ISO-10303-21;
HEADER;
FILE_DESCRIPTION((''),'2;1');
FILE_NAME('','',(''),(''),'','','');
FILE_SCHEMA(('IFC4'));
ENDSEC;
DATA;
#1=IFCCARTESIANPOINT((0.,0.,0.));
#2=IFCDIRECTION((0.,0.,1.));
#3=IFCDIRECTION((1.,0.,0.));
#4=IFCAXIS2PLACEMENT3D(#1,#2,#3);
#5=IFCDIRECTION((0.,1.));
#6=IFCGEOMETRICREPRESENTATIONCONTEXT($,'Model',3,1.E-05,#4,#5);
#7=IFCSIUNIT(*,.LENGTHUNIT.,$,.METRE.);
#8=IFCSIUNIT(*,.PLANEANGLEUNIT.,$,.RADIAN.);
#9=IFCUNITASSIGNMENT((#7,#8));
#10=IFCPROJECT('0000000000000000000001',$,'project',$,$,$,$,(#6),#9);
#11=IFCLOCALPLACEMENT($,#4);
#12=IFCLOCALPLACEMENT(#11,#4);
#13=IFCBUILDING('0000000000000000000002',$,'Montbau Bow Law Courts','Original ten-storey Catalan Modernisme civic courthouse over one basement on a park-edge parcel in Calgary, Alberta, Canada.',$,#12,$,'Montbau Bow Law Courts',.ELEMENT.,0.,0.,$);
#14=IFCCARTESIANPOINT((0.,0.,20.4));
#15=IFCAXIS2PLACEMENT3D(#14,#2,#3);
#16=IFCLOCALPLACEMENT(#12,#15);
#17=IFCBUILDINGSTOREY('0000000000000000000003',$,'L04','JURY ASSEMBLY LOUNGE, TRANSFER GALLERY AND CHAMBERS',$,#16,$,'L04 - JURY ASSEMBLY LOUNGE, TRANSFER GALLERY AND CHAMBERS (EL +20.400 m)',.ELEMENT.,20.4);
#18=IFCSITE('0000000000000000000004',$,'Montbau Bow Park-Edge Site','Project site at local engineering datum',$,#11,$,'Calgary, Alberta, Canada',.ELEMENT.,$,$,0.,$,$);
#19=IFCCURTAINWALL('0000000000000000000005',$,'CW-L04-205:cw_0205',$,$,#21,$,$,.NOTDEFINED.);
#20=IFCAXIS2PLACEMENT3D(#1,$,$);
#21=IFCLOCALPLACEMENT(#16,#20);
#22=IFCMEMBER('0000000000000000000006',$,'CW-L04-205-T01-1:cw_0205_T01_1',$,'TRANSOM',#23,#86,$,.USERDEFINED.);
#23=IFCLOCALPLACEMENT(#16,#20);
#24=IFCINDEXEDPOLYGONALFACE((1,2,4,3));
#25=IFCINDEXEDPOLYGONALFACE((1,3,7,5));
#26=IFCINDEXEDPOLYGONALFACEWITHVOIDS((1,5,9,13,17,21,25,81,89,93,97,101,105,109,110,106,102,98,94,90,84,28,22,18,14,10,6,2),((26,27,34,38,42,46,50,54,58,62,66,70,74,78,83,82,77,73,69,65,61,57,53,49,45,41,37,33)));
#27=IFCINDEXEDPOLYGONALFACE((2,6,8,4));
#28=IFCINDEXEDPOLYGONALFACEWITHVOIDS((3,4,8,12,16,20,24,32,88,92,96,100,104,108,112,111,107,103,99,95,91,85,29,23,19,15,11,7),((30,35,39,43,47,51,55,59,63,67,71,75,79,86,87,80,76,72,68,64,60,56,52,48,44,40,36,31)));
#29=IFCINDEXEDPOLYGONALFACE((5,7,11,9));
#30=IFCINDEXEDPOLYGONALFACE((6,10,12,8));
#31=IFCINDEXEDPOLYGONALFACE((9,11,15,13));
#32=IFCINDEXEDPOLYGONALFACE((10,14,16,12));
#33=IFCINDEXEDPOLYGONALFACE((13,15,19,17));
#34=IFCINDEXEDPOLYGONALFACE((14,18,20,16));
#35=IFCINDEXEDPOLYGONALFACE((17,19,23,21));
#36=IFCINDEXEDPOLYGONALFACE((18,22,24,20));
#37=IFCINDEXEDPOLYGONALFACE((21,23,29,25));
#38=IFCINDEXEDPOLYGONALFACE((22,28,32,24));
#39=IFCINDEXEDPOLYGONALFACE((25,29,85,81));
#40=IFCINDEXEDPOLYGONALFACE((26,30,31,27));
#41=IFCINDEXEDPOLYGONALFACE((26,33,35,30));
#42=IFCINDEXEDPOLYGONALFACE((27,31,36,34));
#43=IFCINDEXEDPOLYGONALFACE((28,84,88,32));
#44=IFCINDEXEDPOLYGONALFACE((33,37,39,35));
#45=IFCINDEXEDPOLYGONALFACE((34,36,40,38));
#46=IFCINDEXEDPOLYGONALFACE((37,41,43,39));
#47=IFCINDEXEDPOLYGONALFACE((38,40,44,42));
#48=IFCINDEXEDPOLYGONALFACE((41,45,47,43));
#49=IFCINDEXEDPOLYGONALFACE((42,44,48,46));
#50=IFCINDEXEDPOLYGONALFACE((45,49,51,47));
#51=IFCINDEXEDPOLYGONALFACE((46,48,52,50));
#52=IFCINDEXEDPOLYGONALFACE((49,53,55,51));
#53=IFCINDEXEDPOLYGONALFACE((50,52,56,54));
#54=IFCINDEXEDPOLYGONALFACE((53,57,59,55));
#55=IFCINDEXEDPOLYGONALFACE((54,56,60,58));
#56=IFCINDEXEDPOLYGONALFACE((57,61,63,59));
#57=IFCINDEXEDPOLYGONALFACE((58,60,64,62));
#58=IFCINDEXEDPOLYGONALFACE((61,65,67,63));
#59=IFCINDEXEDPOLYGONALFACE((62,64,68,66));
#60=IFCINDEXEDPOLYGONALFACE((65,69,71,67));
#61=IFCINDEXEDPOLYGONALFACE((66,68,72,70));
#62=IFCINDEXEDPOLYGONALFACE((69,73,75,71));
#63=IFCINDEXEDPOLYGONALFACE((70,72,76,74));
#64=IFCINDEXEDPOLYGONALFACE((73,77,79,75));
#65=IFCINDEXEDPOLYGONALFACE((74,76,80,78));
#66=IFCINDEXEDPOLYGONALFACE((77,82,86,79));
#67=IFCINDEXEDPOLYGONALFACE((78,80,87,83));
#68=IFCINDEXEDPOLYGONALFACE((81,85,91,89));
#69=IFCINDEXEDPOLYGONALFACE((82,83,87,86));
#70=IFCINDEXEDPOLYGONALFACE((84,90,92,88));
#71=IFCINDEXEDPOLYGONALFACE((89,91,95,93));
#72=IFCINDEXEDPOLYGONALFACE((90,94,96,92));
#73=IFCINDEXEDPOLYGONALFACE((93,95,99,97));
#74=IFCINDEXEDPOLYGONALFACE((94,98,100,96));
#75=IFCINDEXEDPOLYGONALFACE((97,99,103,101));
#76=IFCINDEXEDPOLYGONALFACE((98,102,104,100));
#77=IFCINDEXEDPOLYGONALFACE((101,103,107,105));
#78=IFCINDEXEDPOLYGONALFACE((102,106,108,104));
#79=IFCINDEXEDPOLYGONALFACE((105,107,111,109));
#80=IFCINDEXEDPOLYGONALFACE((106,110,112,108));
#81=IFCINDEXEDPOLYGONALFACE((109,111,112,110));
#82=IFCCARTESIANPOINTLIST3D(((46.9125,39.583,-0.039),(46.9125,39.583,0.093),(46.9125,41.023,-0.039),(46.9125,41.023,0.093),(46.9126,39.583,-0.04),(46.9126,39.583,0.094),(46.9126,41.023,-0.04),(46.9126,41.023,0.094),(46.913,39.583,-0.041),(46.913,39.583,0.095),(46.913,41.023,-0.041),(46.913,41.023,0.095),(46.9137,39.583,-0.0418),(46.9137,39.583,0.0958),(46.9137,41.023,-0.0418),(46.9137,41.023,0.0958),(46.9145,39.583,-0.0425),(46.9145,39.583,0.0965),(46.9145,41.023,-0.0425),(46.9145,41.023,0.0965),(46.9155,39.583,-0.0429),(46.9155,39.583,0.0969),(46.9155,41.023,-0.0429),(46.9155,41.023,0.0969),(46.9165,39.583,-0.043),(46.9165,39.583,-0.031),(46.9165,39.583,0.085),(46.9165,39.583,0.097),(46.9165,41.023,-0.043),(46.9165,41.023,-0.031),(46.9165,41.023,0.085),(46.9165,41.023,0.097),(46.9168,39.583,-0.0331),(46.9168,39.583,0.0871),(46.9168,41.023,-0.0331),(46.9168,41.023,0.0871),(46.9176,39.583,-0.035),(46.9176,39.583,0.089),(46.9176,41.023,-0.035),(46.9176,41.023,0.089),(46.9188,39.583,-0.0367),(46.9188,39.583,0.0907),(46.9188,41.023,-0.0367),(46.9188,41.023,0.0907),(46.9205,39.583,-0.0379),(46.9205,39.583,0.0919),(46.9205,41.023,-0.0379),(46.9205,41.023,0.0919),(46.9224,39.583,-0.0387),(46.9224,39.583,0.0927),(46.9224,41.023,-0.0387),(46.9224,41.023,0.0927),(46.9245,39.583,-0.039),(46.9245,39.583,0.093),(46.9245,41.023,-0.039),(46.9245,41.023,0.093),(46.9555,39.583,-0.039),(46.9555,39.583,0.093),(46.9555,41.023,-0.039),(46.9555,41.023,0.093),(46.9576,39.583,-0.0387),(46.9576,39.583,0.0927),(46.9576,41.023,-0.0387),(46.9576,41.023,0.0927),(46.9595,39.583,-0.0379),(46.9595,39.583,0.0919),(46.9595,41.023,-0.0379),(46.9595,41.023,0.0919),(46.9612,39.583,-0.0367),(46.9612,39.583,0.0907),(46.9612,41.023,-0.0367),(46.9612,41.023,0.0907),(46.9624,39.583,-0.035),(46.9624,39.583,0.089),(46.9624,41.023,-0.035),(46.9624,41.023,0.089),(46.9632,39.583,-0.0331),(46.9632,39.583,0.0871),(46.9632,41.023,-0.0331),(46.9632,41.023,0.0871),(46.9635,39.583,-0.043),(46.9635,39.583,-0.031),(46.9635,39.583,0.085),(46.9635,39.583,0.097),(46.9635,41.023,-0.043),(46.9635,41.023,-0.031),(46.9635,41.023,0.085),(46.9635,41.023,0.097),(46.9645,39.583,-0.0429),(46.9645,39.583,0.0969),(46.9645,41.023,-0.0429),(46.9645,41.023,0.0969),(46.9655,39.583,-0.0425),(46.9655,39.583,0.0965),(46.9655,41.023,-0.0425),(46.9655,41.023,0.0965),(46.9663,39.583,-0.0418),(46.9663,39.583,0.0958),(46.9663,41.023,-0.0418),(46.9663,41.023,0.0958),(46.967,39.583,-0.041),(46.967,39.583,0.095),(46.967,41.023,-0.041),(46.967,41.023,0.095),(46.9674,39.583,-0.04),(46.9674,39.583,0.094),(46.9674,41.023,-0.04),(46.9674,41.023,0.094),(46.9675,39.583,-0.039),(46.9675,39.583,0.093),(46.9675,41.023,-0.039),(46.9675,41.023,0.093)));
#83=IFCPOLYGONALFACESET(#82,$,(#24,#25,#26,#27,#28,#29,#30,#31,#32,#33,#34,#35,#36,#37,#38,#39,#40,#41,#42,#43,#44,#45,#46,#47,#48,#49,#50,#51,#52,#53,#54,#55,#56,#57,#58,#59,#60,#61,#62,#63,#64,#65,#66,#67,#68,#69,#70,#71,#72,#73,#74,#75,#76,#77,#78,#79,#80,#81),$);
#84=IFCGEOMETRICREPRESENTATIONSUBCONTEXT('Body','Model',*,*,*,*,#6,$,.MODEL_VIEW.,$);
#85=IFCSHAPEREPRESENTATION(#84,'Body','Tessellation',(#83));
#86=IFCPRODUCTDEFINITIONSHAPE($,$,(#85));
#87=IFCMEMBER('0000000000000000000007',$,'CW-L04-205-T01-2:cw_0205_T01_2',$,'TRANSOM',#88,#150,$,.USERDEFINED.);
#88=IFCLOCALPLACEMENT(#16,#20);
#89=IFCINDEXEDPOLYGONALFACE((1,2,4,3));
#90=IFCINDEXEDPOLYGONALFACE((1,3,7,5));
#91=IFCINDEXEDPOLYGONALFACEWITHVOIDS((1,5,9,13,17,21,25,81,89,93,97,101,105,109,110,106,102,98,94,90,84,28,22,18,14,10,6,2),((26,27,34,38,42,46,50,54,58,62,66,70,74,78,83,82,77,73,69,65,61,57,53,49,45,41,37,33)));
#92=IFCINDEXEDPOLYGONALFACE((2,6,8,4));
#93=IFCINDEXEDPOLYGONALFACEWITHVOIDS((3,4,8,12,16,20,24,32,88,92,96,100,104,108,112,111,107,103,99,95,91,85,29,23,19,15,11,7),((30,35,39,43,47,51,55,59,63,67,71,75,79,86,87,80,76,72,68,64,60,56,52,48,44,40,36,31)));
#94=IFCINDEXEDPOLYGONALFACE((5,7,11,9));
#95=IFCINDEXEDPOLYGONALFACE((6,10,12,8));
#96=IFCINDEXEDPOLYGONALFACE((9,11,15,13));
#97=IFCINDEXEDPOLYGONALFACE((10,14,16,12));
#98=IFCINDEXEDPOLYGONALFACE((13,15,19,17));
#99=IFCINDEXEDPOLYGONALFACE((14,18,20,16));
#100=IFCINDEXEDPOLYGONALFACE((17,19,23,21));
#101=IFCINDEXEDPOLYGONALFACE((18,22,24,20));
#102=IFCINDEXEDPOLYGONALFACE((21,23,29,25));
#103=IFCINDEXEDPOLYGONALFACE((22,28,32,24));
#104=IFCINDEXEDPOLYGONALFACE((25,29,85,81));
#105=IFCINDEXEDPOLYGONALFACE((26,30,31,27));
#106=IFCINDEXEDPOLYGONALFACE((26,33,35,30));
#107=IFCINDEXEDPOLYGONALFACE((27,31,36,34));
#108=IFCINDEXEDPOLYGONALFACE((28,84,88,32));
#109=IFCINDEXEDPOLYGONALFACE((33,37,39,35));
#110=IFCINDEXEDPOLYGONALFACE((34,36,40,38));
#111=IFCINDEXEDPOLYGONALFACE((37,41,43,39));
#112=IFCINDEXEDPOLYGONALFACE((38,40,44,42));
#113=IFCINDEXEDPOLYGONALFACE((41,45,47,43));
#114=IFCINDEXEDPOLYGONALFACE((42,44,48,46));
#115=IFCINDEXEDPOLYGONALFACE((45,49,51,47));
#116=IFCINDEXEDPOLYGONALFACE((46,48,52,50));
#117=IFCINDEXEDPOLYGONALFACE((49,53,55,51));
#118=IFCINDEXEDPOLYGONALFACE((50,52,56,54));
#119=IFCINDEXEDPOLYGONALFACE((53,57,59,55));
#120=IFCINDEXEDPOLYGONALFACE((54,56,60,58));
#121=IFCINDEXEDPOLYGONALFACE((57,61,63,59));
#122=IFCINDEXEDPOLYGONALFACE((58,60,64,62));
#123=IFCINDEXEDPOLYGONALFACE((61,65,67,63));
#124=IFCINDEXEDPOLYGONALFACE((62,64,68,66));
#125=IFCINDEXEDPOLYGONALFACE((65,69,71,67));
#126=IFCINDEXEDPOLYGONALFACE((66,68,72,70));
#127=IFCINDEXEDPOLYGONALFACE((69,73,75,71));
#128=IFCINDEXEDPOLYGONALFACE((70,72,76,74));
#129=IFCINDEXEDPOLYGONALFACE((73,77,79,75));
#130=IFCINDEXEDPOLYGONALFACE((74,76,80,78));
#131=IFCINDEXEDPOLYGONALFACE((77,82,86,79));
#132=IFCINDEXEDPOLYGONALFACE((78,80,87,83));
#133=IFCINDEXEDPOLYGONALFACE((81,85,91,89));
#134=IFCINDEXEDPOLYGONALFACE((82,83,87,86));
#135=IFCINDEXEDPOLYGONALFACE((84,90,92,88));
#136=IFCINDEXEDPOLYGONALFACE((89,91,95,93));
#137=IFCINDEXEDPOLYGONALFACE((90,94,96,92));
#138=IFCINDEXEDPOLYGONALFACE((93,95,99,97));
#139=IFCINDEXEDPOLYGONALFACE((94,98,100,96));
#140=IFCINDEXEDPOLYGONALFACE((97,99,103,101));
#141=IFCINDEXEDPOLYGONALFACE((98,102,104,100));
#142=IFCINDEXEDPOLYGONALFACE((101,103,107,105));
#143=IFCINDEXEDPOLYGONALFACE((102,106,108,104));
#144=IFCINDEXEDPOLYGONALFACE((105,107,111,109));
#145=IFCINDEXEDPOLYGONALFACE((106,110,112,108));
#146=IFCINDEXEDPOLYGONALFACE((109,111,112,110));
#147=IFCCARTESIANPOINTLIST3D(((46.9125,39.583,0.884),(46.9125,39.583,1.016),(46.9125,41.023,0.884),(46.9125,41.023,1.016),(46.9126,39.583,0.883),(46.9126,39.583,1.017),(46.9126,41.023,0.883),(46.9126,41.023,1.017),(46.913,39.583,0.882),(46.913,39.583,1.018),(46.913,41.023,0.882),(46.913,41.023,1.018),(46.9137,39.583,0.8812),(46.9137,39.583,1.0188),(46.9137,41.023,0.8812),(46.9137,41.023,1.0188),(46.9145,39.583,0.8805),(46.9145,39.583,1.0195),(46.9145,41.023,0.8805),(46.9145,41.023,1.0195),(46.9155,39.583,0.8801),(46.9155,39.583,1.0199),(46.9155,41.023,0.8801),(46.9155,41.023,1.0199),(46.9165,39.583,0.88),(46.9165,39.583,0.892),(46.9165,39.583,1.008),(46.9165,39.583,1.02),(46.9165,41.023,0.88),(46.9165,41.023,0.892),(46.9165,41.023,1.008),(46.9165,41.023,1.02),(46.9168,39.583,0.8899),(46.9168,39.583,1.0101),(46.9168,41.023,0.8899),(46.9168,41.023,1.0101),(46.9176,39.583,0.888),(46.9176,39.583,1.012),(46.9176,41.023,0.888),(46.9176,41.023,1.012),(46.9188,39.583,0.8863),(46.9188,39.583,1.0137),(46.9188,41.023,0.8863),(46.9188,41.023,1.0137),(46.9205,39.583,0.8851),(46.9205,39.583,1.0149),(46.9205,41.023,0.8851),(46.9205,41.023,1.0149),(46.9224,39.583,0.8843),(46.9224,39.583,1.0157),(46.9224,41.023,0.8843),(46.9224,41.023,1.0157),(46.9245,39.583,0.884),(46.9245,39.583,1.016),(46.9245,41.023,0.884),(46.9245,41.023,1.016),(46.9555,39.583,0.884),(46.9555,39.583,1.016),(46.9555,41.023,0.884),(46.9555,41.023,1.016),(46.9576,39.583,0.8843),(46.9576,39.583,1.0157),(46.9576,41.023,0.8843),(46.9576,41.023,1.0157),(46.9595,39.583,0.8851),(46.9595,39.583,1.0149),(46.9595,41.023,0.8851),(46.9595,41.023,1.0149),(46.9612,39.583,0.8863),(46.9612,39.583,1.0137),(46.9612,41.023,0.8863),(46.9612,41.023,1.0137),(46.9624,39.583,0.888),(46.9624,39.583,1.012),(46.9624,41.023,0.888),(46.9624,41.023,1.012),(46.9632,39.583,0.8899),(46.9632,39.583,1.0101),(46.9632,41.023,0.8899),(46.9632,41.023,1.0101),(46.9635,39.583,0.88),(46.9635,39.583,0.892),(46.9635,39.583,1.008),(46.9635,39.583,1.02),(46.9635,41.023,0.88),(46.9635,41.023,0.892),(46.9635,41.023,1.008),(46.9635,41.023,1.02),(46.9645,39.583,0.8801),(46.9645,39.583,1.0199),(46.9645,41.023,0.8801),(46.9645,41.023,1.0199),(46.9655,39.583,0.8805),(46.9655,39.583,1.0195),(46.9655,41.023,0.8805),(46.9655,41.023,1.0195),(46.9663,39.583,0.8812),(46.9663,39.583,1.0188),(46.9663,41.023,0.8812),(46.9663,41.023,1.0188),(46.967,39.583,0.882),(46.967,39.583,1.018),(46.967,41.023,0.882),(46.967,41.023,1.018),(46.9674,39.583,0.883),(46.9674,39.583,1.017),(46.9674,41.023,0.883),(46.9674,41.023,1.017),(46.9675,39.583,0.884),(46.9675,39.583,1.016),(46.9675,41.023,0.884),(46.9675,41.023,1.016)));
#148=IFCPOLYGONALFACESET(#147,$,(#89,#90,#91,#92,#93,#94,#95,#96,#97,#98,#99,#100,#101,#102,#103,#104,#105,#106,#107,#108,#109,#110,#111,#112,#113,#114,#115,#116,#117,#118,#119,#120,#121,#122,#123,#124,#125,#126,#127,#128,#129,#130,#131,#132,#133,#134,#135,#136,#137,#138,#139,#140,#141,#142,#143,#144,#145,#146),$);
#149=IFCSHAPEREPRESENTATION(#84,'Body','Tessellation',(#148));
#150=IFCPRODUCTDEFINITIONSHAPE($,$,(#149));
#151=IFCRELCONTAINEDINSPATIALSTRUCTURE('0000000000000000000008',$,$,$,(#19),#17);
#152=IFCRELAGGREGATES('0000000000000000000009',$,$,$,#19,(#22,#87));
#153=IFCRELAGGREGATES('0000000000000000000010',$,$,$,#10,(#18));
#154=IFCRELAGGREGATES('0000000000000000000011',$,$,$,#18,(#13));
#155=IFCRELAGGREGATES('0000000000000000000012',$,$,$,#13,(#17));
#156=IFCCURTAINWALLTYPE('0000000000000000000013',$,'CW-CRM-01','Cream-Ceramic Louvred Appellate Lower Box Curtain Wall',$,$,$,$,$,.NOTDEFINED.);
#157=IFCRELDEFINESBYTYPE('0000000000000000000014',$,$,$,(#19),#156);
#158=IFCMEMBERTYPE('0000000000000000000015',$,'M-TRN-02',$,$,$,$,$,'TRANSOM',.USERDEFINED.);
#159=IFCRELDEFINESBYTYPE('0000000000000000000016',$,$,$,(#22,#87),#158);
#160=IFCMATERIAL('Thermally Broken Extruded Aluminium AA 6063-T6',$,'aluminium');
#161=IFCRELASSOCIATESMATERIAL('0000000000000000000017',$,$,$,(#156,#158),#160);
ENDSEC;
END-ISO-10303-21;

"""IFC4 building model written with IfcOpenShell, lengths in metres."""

from ifc_helpers import new_model, si_unit, direction, frame, origin_with_axes, origin_2d_with_axis, place, context, subcontext, project, spatial, hollow_rectangle, extrude, material, material_profile, profile_set, type_object, element, aggregate, save


model = new_model("IFC4")

# Units and contexts
model_context = context("Model", 3, precision=1e-05, world=origin_with_axes(), true_north=direction((0.0, 1.0)))
body_context = subcontext(model_context, "Body", "Model", "MODEL_VIEW")
ifc_project = project(units=[si_unit("LENGTHUNIT", "METRE"), si_unit("PLANEANGLEUNIT", "RADIAN")], contexts=[model_context])

# Site, building, storey
site_placement = place(None, origin_with_axes())
site = spatial("IfcSite", under=ifc_project, at=site_placement, Name="Montbau Bow Park-Edge Site", Description="Project site at local engineering datum", LongName="Calgary, Alberta, Canada", CompositionType="ELEMENT", RefElevation=0.0)
building_placement = place(site_placement, origin_with_axes())
building = spatial("IfcBuilding", under=site, at=building_placement, Name="Montbau Bow Law Courts", Description="Original ten-storey Catalan Modernisme civic courthouse over one basement on a park-edge parcel in Calgary, Alberta, Canada.", LongName="Montbau Bow Law Courts", CompositionType="ELEMENT", ElevationOfRefHeight=0.0, ElevationOfTerrain=0.0)
storey_placement = place(building_placement, frame((0.0, 0.0, 20.4), z_axis=(0.0, 0.0, 1.0), x_axis=(1.0, 0.0, 0.0)))
storey = spatial("IfcBuildingStorey", under=building, at=storey_placement, Name="L04", Description="JURY ASSEMBLY LOUNGE, TRANSFER GALLERY AND CHAMBERS", LongName="L04 - JURY ASSEMBLY LOUNGE, TRANSFER GALLERY AND CHAMBERS (EL +20.400 m)", CompositionType="ELEMENT", Elevation=20.4)

# Curtain wall
ifc_material_1 = material(Name="Thermally Broken Extruded Aluminium AA 6063-T6", Category="aluminium")
curtain_wall_type = type_object("IfcCurtainWallType", Name="CW-CRM-01", Description="Cream-Ceramic Louvred Appellate Lower Box Curtain Wall", PredefinedType="NOTDEFINED", material=ifc_material_1)
curtain_wall_1_placement = place(None, frame((46.94, 39.515, 20.4), z_axis=(0.0, 0.0, 1.0), x_axis=(1.0, 0.0, 0.0)))
curtain_wall_1 = element("IfcCurtainWall", 1, at=curtain_wall_1_placement, inside=storey, type_object=curtain_wall_type, Name="CW-L04-205:cw_0205", PredefinedType="NOTDEFINED")

# Members
ifc_material_profile_1 = material_profile(ifc_material_1, hollow_rectangle(XDim=0.055, YDim=0.14, WallThickness=0.004, InnerFilletRadius=0.008, OuterFilletRadius=0.004, at=origin_2d_with_axis()), Name="CWT-140X55", Category="Main", Priority=0)
ifc_profile_set_1 = profile_set([ifc_material_profile_1], Name="Thermally Broken Extruded Aluminium AA 6063-T6")
member_type_1 = type_object("IfcMemberType", Name="M-TRN-02", ElementType="TRANSOM", PredefinedType="USERDEFINED", material=ifc_profile_set_1)
member_1_placement = place(None, frame((46.94, 39.583, 20.427), z_axis=(0.0, 1.0, 0.0), x_axis=(-1.0, 0.0, 0.0)))
member_1 = element("IfcMember", 2, at=member_1_placement, type_object=member_type_1, Name="CW-L04-205-T01-1:cw_0205_T01_1", ObjectType="TRANSOM", PredefinedType="USERDEFINED", context=body_context, shape_type="SweptSolid", body=[
    extrude(hollow_rectangle(XDim=0.055, YDim=0.14, WallThickness=0.004, InnerFilletRadius=0.008, OuterFilletRadius=0.004, at=origin_2d_with_axis()), origin_with_axes(), (0.0, 0.0, 1.0), 1.44),
])
member_2_placement = place(None, frame((46.94, 39.583, 21.35), z_axis=(0.0, 1.0, 0.0), x_axis=(-1.0, 0.0, 0.0)))
member_2 = element("IfcMember", 3, at=member_2_placement, type_object=member_type_1, Name="CW-L04-205-T01-2:cw_0205_T01_2", ObjectType="TRANSOM", PredefinedType="USERDEFINED", context=body_context, shape_type="SweptSolid", body=[
    extrude(hollow_rectangle(XDim=0.055, YDim=0.14, WallThickness=0.004, InnerFilletRadius=0.008, OuterFilletRadius=0.004, at=origin_2d_with_axis()), origin_with_axes(), (0.0, 0.0, 1.0), 1.44),
])

aggregate(curtain_wall_1, [member_1, member_2])

save(model, "model.ifc")
